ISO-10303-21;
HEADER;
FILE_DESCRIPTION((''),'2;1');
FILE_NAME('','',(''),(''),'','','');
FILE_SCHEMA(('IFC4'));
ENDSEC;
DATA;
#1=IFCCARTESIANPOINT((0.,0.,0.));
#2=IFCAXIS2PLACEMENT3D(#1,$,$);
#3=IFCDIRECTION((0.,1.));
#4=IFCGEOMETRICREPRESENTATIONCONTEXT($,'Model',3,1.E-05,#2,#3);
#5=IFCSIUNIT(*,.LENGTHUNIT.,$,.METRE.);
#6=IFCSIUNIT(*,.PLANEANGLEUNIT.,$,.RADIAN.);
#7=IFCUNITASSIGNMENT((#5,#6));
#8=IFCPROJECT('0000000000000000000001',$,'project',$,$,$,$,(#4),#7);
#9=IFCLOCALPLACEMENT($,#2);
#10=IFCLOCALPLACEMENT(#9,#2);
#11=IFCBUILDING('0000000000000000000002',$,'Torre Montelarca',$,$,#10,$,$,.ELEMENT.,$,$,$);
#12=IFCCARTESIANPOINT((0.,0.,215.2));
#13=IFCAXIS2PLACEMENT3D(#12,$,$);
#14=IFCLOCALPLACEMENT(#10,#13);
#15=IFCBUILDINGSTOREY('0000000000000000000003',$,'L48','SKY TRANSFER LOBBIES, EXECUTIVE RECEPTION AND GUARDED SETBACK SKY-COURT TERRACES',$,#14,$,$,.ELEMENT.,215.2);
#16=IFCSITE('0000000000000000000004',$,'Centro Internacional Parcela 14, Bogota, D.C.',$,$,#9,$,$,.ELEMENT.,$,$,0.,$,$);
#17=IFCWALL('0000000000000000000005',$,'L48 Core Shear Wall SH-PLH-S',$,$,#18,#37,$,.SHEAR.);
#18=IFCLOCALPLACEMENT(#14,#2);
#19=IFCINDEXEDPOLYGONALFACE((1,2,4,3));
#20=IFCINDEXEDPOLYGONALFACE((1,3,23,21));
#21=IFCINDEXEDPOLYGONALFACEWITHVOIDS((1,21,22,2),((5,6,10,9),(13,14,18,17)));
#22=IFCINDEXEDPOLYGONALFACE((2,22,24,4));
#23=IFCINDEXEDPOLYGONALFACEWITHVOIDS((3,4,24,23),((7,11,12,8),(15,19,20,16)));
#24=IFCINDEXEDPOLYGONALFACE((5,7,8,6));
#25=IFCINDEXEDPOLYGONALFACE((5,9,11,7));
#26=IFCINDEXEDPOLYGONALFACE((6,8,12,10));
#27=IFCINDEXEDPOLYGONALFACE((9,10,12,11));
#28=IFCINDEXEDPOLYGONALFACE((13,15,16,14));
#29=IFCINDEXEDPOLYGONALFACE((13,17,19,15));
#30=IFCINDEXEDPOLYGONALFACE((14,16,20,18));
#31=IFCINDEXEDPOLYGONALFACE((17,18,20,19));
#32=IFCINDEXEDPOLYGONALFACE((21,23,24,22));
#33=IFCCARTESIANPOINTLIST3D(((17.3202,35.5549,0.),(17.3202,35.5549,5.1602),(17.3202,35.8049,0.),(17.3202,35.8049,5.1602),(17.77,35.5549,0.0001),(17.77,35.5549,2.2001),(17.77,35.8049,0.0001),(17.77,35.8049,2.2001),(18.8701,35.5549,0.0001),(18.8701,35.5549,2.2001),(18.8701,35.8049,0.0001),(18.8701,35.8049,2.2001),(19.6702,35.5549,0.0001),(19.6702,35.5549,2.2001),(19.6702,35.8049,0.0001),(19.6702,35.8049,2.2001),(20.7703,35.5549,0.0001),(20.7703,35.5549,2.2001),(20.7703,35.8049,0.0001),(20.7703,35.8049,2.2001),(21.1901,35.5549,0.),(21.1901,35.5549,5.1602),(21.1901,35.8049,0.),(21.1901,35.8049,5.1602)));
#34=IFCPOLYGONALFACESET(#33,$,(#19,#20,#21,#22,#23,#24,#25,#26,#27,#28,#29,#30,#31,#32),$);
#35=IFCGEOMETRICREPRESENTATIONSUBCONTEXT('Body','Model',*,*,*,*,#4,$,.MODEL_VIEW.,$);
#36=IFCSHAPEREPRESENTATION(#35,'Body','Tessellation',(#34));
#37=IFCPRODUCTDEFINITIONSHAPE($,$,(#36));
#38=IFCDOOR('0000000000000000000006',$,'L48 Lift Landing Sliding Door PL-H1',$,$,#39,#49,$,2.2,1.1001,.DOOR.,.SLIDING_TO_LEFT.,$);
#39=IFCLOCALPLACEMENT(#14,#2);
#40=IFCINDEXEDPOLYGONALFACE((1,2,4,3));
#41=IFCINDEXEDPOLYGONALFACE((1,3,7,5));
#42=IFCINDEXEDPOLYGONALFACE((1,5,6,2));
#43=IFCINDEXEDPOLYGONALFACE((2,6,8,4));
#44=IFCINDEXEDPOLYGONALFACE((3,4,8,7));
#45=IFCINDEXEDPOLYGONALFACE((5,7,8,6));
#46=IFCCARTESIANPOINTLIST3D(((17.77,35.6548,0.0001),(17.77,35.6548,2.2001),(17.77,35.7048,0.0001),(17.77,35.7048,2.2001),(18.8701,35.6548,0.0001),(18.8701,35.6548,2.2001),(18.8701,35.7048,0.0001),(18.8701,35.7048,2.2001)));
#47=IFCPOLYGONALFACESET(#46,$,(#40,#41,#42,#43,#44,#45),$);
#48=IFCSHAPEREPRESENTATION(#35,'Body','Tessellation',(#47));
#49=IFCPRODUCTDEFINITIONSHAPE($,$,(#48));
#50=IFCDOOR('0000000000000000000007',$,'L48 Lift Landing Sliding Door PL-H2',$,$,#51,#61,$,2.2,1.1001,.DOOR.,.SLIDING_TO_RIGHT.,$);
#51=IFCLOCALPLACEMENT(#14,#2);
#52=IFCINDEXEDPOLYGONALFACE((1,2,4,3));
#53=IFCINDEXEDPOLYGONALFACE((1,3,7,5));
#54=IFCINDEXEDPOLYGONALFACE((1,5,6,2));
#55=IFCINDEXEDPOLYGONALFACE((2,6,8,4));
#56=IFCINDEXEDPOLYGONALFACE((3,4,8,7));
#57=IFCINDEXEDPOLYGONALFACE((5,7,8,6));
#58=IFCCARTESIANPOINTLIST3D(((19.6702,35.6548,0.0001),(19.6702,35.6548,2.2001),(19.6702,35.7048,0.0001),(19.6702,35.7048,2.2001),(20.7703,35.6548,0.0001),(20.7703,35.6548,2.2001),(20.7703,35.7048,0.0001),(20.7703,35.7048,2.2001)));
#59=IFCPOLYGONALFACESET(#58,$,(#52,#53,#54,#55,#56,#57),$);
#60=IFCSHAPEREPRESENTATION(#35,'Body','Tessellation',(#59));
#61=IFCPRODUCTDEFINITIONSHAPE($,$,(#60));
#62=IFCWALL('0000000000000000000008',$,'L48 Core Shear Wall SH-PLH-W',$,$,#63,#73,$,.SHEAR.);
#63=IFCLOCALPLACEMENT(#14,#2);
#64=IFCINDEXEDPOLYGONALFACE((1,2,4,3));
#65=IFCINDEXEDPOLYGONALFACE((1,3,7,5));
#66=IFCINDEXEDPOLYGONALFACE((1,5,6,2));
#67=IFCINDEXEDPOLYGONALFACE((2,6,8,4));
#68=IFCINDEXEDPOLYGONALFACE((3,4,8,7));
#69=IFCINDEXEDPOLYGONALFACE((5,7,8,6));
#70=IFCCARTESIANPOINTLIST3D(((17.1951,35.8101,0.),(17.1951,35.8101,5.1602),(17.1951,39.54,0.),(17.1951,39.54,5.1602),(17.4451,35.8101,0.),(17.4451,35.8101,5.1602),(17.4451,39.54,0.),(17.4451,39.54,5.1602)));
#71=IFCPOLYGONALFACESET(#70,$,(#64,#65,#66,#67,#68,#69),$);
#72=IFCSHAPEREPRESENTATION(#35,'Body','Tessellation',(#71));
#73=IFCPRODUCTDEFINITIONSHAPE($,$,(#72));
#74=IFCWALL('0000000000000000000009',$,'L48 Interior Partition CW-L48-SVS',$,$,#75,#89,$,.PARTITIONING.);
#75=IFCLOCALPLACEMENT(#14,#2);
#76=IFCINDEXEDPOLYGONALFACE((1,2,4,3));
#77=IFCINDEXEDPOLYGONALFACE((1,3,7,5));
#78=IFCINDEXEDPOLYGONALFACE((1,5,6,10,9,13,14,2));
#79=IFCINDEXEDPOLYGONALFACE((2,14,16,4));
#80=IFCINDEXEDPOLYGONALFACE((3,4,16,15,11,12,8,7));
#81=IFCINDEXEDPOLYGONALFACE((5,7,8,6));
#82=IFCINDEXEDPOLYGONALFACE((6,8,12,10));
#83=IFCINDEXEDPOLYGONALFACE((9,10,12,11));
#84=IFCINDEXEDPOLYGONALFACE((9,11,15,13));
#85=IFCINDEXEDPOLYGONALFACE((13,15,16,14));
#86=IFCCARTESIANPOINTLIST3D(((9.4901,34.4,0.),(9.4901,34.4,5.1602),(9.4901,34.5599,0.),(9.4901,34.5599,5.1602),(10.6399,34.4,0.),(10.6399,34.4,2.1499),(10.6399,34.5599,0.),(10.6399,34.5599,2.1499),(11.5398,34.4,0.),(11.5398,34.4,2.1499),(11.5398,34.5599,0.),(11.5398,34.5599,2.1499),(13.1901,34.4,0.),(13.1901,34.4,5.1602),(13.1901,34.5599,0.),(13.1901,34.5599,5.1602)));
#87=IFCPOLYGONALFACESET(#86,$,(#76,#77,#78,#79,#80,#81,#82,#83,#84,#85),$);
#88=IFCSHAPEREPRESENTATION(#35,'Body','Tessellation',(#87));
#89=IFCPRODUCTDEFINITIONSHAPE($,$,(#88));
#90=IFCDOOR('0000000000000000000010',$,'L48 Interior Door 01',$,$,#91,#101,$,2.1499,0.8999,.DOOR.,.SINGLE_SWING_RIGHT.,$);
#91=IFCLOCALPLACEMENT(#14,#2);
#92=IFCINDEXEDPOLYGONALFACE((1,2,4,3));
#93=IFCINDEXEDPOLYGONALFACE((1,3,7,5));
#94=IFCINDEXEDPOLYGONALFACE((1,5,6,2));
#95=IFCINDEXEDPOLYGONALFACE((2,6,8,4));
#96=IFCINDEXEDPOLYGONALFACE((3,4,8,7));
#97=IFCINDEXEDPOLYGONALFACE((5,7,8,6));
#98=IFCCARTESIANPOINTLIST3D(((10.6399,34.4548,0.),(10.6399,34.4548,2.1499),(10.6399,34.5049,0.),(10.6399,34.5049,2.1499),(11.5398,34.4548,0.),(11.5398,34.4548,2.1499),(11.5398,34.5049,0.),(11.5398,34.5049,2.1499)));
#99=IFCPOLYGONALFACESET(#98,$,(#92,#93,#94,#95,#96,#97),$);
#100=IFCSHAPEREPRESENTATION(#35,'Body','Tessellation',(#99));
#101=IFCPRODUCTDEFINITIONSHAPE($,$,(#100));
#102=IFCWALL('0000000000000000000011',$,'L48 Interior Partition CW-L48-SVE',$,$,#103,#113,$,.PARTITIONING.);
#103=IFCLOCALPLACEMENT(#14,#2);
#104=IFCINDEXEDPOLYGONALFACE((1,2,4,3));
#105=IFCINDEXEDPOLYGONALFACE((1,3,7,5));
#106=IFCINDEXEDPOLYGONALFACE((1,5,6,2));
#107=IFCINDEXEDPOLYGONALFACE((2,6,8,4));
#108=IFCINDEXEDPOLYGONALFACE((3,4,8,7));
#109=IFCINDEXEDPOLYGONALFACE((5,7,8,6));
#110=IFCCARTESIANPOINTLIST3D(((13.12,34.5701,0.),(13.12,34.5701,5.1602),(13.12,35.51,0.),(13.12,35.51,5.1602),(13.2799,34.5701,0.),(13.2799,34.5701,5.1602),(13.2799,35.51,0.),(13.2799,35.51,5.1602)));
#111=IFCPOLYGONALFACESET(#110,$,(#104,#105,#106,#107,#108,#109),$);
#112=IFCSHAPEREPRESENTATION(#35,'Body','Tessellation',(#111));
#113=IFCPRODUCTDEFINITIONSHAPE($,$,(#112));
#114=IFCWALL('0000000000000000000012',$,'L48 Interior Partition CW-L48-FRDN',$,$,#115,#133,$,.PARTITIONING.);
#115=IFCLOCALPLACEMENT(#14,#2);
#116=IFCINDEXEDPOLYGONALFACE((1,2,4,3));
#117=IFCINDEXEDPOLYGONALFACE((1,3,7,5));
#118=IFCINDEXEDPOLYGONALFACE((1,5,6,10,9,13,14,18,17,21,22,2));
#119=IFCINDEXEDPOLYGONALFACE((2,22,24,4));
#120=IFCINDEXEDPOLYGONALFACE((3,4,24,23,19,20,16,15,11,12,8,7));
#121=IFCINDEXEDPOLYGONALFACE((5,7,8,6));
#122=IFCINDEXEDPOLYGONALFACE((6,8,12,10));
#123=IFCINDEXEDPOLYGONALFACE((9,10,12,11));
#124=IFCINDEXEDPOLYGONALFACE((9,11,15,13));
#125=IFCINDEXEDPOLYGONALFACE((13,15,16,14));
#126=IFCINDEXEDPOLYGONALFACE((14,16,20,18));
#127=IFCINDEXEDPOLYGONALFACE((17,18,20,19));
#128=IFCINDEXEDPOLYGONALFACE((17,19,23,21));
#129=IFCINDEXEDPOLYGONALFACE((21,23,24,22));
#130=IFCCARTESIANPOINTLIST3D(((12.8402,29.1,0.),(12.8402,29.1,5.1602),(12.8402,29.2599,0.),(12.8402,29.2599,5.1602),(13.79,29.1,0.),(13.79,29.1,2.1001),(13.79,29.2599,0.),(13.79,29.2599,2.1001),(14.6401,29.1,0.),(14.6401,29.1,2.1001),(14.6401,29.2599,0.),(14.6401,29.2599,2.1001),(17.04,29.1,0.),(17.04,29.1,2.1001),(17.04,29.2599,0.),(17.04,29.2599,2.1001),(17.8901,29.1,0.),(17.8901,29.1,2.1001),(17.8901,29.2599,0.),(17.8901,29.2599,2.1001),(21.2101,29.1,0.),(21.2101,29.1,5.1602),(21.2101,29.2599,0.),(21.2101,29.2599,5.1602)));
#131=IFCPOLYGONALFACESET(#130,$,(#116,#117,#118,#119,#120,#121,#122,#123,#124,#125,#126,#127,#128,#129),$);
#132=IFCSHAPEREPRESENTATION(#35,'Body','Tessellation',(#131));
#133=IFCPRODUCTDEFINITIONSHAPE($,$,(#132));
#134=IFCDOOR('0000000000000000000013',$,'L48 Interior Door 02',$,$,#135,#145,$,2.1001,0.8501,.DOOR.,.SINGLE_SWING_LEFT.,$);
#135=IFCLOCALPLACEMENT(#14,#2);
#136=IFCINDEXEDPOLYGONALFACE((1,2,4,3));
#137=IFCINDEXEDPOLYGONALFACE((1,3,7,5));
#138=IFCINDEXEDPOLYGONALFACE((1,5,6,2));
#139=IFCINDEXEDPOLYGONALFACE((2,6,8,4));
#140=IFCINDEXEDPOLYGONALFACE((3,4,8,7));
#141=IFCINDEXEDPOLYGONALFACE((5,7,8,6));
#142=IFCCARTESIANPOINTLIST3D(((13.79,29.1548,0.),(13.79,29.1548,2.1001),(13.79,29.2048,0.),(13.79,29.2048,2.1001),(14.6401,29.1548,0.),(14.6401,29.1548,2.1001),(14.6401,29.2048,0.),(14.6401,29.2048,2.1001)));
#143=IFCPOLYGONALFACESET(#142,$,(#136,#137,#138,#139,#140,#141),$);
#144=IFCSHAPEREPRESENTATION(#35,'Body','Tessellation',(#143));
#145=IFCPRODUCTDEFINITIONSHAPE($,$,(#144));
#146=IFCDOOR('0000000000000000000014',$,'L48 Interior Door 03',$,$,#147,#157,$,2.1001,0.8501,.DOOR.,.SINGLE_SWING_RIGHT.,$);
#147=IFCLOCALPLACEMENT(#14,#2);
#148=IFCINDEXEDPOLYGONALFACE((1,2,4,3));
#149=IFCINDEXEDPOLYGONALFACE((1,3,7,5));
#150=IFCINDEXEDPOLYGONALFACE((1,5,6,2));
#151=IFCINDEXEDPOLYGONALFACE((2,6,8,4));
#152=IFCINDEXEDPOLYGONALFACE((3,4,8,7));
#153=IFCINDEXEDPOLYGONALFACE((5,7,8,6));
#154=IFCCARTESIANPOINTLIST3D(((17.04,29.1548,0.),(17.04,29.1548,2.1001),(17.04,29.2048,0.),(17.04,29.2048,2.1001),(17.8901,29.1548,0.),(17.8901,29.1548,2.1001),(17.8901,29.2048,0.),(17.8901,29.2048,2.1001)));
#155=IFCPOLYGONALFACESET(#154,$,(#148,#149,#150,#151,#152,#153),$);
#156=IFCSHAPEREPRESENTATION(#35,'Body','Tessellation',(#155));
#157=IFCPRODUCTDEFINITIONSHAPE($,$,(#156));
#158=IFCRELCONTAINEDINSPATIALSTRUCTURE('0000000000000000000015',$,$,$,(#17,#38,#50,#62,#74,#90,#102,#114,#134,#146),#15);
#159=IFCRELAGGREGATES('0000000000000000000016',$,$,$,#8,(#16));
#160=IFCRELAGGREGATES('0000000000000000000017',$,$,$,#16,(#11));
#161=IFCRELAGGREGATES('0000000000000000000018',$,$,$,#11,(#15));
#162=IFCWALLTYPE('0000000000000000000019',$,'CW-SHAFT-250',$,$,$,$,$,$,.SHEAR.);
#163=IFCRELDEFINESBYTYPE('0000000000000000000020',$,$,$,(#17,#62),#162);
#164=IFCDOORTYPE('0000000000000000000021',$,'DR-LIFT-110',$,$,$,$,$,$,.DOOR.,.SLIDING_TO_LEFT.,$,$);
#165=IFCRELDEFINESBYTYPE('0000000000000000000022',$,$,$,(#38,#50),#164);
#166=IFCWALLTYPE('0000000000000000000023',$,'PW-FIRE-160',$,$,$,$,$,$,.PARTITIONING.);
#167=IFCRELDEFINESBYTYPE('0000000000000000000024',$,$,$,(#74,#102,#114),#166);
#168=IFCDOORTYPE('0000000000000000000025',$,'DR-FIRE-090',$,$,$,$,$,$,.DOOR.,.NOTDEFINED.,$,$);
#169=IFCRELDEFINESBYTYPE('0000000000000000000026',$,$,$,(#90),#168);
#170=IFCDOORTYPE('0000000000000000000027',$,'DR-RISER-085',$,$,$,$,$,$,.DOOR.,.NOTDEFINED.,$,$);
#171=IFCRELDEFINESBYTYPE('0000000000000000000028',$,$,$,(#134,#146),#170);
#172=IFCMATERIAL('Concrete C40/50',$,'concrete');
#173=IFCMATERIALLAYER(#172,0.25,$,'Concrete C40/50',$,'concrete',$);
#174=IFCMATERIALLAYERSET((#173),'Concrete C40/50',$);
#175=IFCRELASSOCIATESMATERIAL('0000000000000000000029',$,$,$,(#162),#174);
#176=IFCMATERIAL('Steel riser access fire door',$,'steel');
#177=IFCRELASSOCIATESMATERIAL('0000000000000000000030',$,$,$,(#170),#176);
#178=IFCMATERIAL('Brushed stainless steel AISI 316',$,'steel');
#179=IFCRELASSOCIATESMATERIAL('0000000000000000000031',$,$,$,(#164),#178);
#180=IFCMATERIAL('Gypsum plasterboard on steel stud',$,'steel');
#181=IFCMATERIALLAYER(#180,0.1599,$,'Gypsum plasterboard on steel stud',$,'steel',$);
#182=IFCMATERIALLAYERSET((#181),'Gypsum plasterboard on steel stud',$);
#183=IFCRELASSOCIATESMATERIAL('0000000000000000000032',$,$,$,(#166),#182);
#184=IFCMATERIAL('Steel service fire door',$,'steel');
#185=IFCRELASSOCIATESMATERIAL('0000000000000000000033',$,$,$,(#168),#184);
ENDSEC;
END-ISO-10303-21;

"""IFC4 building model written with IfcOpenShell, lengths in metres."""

from ifc_helpers import new_model, si_unit, direction, frame, frame_2d, origin, place, context, subcontext, project, spatial, rectangle, extrude, source, transform, mapped, material, layer, layer_set, type_object, element, fill, save


model = new_model("IFC4")

# Units and contexts
model_context = context("Model", 3, precision=1e-05, world=origin(), true_north=direction((0.0, 1.0)))
body_context = subcontext(model_context, "Body", "Model", "MODEL_VIEW")
ifc_project = project(units=[si_unit("LENGTHUNIT", "METRE"), si_unit("PLANEANGLEUNIT", "RADIAN")], contexts=[model_context])

# Site, building, storey
site_placement = place(None, origin())
site = spatial("IfcSite", under=ifc_project, at=site_placement, Name="Centro Internacional Parcela 14, Bogota, D.C.", CompositionType="ELEMENT", RefElevation=0.0)
building_placement = place(site_placement, origin())
building = spatial("IfcBuilding", under=site, at=building_placement, Name="Torre Montelarca", CompositionType="ELEMENT")
storey_placement = place(building_placement, frame((0.0, 0.0, 215.2)))
storey = spatial("IfcBuildingStorey", under=building, at=storey_placement, Name="L48", Description="SKY TRANSFER LOBBIES, EXECUTIVE RECEPTION AND GUARDED SETBACK SKY-COURT TERRACES", CompositionType="ELEMENT", Elevation=215.2)

# Shared definitions
ifc_material_1 = material(Name="Concrete C40/50", Category="concrete")
ifc_layer_1 = layer(ifc_material_1, 0.25, Name="Concrete C40/50", Category="concrete")
ifc_layer_set_1 = layer_set([ifc_layer_1], Name="Concrete C40/50")
wall_type_1 = type_object("IfcWallType", Name="CW-SHAFT-250", PredefinedType="SHEAR", material=ifc_layer_set_1)

# Shared definitions
ifc_material_2 = material(Name="Steel riser access fire door", Category="steel")
door_type_1 = type_object("IfcDoorType", Name="DR-RISER-085", OperationType="NOTDEFINED", PredefinedType="DOOR", material=ifc_material_2)
shared_shape_1 = source(origin(), body_context, "Body", "SweptSolid", [
    extrude(rectangle(XDim=0.8501, YDim=2.1001, at=frame_2d((0.425, 1.05))), frame((0.0, 0.0249, 0.0), z_axis=(0.0, -1.0, 0.0), x_axis=(1.0, 0.0, 0.0)), (0.0, 0.0, 1.0), 0.05),
])
ifc_material_3 = material(Name="Brushed stainless steel AISI 316", Category="steel")
door_type_2 = type_object("IfcDoorType", Name="DR-LIFT-110", OperationType="SLIDING_TO_LEFT", PredefinedType="DOOR", material=ifc_material_3)
shared_shape_2 = source(origin(), body_context, "Body", "SweptSolid", [
    extrude(rectangle(XDim=1.1001, YDim=2.2, at=frame_2d((0.55, 1.1001))), frame((0.0, 0.0249, 0.0), z_axis=(0.0, -1.0, 0.0), x_axis=(1.0, 0.0, 0.0)), (0.0, 0.0, 1.0), 0.05),
])

# Wall, openings, doors
wall_1_placement = place(storey_placement, frame((17.3201, 35.6799, 0.0), z_axis=(0.0, 0.0, 1.0), x_axis=(1.0, 0.0, 0.0)))
wall_1 = element("IfcWall", 1, at=wall_1_placement, inside=storey, type_object=wall_type_1, Name="L48 Core Shear Wall SH-PLH-S", PredefinedType="SHEAR", context=body_context, shape_type="SweptSolid", body=[
    extrude(rectangle(XDim=3.8699, YDim=0.25, at=frame_2d((1.9351, 0.0))), origin(), (0.0, 0.0, 1.0), 5.1602),
])
opening_1_placement = place(wall_1_placement, frame((0.45, 0.0, 0.0)))
opening_1 = element("IfcOpeningElement", 2, at=opening_1_placement, cuts=wall_1, PredefinedType="OPENING", context=body_context, shape_type="SweptSolid", body=[
    extrude(rectangle(XDim=1.1001, YDim=2.2, at=frame_2d((0.55, 1.1001))), frame((0.0, 0.135, 0.0), z_axis=(0.0, -1.0, 0.0), x_axis=(1.0, 0.0, 0.0)), (0.0, 0.0, 1.0), 0.27),
])
opening_2_placement = place(wall_1_placement, frame((2.3501, 0.0, 0.0)))
opening_2 = element("IfcOpeningElement", 3, at=opening_2_placement, cuts=wall_1, PredefinedType="OPENING", context=body_context, shape_type="SweptSolid", body=[
    extrude(rectangle(XDim=1.1001, YDim=2.2, at=frame_2d((0.55, 1.1001))), frame((0.0, 0.135, 0.0), z_axis=(0.0, -1.0, 0.0), x_axis=(1.0, 0.0, 0.0)), (0.0, 0.0, 1.0), 0.27),
])
door_1_placement = place(opening_1_placement, origin())
door_1 = element("IfcDoor", 4, at=door_1_placement, inside=storey, type_object=door_type_2, Name="L48 Lift Landing Sliding Door PL-H1", OperationType="SLIDING_TO_LEFT", OverallHeight=2.2, OverallWidth=1.1001, PredefinedType="DOOR", context=body_context, shape_type="MappedRepresentation", body=[
    mapped(shared_shape_2, transform((0.0, 0.0, 0.0), scale=1.0)),
])
fill(opening_1, door_1)
door_2_placement = place(opening_2_placement, origin())
door_2 = element("IfcDoor", 5, at=door_2_placement, inside=storey, type_object=door_type_2, Name="L48 Lift Landing Sliding Door PL-H2", OperationType="SLIDING_TO_RIGHT", OverallHeight=2.2, OverallWidth=1.1001, PredefinedType="DOOR", context=body_context, shape_type="MappedRepresentation", body=[
    mapped(shared_shape_2, transform((0.0, 0.0, 0.0), scale=1.0)),
])
fill(opening_2, door_2)

# Wall
wall_2_placement = place(storey_placement, frame((17.3201, 35.8101, 0.0), z_axis=(0.0, 0.0, 1.0), x_axis=(0.0, 1.0, 0.0)))
element("IfcWall", 6, at=wall_2_placement, inside=storey, type_object=wall_type_1, Name="L48 Core Shear Wall SH-PLH-W", PredefinedType="SHEAR", context=body_context, shape_type="SweptSolid", body=[
    extrude(rectangle(XDim=3.73, YDim=0.25, at=frame_2d((1.865, 0.0))), origin(), (0.0, 0.0, 1.0), 5.1602),
])

# Wall, opening, door
ifc_material_4 = material(Name="Gypsum plasterboard on steel stud", Category="steel")
ifc_layer_2 = layer(ifc_material_4, 0.1599, Name="Gypsum plasterboard on steel stud", Category="steel")
ifc_layer_set_2 = layer_set([ifc_layer_2], Name="Gypsum plasterboard on steel stud")
wall_type_2 = type_object("IfcWallType", Name="PW-FIRE-160", PredefinedType="PARTITIONING", material=ifc_layer_set_2)
wall_3_placement = place(storey_placement, frame((9.49, 34.48, 0.0), z_axis=(0.0, 0.0, 1.0), x_axis=(1.0, 0.0, 0.0)))
wall_3 = element("IfcWall", 7, at=wall_3_placement, inside=storey, type_object=wall_type_2, Name="L48 Interior Partition CW-L48-SVS", PredefinedType="PARTITIONING", context=body_context, shape_type="SweptSolid", body=[
    extrude(rectangle(XDim=3.7, YDim=0.1599, at=frame_2d((1.8501, 0.0))), origin(), (0.0, 0.0, 1.0), 5.1602),
])
opening_3_placement = place(wall_3_placement, frame((1.1499, 0.0, 0.0)))
opening_3 = element("IfcOpeningElement", 8, at=opening_3_placement, cuts=wall_3, PredefinedType="OPENING", context=body_context, shape_type="SweptSolid", body=[
    extrude(rectangle(XDim=0.8999, YDim=2.1499, at=frame_2d((0.45, 1.075))), frame((0.0, 0.0898, 0.0), z_axis=(0.0, -1.0, 0.0), x_axis=(1.0, 0.0, 0.0)), (0.0, 0.0, 1.0), 0.1799),
])
ifc_material_5 = material(Name="Steel service fire door", Category="steel")
door_type_3 = type_object("IfcDoorType", Name="DR-FIRE-090", OperationType="NOTDEFINED", PredefinedType="DOOR", material=ifc_material_5)
shared_shape_3 = source(origin(), body_context, "Body", "SweptSolid", [
    extrude(rectangle(XDim=0.8999, YDim=2.1499, at=frame_2d((0.45, 1.075))), frame((0.0, 0.0249, 0.0), z_axis=(0.0, -1.0, 0.0), x_axis=(1.0, 0.0, 0.0)), (0.0, 0.0, 1.0), 0.05),
])
door_3_placement = place(opening_3_placement, origin())
door_3 = element("IfcDoor", 9, at=door_3_placement, inside=storey, type_object=door_type_3, Name="L48 Interior Door 01", OperationType="SINGLE_SWING_RIGHT", OverallHeight=2.1499, OverallWidth=0.8999, PredefinedType="DOOR", context=body_context, shape_type="MappedRepresentation", body=[
    mapped(shared_shape_3, transform((0.0, 0.0, 0.0), scale=1.0)),
])
fill(opening_3, door_3)

# Wall
wall_4_placement = place(storey_placement, frame((13.2, 34.5701, 0.0), z_axis=(0.0, 0.0, 1.0), x_axis=(0.0, 1.0, 0.0)))
element("IfcWall", 10, at=wall_4_placement, inside=storey, type_object=wall_type_2, Name="L48 Interior Partition CW-L48-SVE", PredefinedType="PARTITIONING", context=body_context, shape_type="SweptSolid", body=[
    extrude(rectangle(XDim=0.9399, YDim=0.1599, at=frame_2d((0.47, 0.0))), origin(), (0.0, 0.0, 1.0), 5.1602),
])

# Wall, openings, doors
wall_5_placement = place(storey_placement, frame((12.8401, 29.1799, 0.0), z_axis=(0.0, 0.0, 1.0), x_axis=(1.0, 0.0, 0.0)))
wall_5 = element("IfcWall", 11, at=wall_5_placement, inside=storey, type_object=wall_type_2, Name="L48 Interior Partition CW-L48-FRDN", PredefinedType="PARTITIONING", context=body_context, shape_type="SweptSolid", body=[
    extrude(rectangle(XDim=8.3699, YDim=0.1599, at=frame_2d((4.1851, 0.0))), origin(), (0.0, 0.0, 1.0), 5.1602),
])
opening_4_placement = place(wall_5_placement, frame((0.95, 0.0, 0.0)))
opening_4 = element("IfcOpeningElement", 12, at=opening_4_placement, cuts=wall_5, PredefinedType="OPENING", context=body_context, shape_type="SweptSolid", body=[
    extrude(rectangle(XDim=0.8501, YDim=2.1001, at=frame_2d((0.425, 1.05))), frame((0.0, 0.0898, 0.0), z_axis=(0.0, -1.0, 0.0), x_axis=(1.0, 0.0, 0.0)), (0.0, 0.0, 1.0), 0.1799),
])
opening_5_placement = place(wall_5_placement, frame((4.2, 0.0, 0.0)))
opening_5 = element("IfcOpeningElement", 13, at=opening_5_placement, cuts=wall_5, PredefinedType="OPENING", context=body_context, shape_type="SweptSolid", body=[
    extrude(rectangle(XDim=0.8501, YDim=2.1001, at=frame_2d((0.425, 1.05))), frame((0.0, 0.0898, 0.0), z_axis=(0.0, -1.0, 0.0), x_axis=(1.0, 0.0, 0.0)), (0.0, 0.0, 1.0), 0.1799),
])
door_4_placement = place(opening_4_placement, origin())
door_4 = element("IfcDoor", 14, at=door_4_placement, inside=storey, type_object=door_type_1, Name="L48 Interior Door 02", OperationType="SINGLE_SWING_LEFT", OverallHeight=2.1001, OverallWidth=0.8501, PredefinedType="DOOR", context=body_context, shape_type="MappedRepresentation", body=[
    mapped(shared_shape_1, transform((0.0, 0.0, 0.0), scale=1.0)),
])
fill(opening_4, door_4)
door_5_placement = place(opening_5_placement, origin())
door_5 = element("IfcDoor", 15, at=door_5_placement, inside=storey, type_object=door_type_1, Name="L48 Interior Door 03", OperationType="SINGLE_SWING_RIGHT", OverallHeight=2.1001, OverallWidth=0.8501, PredefinedType="DOOR", context=body_context, shape_type="MappedRepresentation", body=[
    mapped(shared_shape_1, transform((0.0, 0.0, 0.0), scale=1.0)),
])
fill(opening_5, door_5)

save(model, "model.ifc")
